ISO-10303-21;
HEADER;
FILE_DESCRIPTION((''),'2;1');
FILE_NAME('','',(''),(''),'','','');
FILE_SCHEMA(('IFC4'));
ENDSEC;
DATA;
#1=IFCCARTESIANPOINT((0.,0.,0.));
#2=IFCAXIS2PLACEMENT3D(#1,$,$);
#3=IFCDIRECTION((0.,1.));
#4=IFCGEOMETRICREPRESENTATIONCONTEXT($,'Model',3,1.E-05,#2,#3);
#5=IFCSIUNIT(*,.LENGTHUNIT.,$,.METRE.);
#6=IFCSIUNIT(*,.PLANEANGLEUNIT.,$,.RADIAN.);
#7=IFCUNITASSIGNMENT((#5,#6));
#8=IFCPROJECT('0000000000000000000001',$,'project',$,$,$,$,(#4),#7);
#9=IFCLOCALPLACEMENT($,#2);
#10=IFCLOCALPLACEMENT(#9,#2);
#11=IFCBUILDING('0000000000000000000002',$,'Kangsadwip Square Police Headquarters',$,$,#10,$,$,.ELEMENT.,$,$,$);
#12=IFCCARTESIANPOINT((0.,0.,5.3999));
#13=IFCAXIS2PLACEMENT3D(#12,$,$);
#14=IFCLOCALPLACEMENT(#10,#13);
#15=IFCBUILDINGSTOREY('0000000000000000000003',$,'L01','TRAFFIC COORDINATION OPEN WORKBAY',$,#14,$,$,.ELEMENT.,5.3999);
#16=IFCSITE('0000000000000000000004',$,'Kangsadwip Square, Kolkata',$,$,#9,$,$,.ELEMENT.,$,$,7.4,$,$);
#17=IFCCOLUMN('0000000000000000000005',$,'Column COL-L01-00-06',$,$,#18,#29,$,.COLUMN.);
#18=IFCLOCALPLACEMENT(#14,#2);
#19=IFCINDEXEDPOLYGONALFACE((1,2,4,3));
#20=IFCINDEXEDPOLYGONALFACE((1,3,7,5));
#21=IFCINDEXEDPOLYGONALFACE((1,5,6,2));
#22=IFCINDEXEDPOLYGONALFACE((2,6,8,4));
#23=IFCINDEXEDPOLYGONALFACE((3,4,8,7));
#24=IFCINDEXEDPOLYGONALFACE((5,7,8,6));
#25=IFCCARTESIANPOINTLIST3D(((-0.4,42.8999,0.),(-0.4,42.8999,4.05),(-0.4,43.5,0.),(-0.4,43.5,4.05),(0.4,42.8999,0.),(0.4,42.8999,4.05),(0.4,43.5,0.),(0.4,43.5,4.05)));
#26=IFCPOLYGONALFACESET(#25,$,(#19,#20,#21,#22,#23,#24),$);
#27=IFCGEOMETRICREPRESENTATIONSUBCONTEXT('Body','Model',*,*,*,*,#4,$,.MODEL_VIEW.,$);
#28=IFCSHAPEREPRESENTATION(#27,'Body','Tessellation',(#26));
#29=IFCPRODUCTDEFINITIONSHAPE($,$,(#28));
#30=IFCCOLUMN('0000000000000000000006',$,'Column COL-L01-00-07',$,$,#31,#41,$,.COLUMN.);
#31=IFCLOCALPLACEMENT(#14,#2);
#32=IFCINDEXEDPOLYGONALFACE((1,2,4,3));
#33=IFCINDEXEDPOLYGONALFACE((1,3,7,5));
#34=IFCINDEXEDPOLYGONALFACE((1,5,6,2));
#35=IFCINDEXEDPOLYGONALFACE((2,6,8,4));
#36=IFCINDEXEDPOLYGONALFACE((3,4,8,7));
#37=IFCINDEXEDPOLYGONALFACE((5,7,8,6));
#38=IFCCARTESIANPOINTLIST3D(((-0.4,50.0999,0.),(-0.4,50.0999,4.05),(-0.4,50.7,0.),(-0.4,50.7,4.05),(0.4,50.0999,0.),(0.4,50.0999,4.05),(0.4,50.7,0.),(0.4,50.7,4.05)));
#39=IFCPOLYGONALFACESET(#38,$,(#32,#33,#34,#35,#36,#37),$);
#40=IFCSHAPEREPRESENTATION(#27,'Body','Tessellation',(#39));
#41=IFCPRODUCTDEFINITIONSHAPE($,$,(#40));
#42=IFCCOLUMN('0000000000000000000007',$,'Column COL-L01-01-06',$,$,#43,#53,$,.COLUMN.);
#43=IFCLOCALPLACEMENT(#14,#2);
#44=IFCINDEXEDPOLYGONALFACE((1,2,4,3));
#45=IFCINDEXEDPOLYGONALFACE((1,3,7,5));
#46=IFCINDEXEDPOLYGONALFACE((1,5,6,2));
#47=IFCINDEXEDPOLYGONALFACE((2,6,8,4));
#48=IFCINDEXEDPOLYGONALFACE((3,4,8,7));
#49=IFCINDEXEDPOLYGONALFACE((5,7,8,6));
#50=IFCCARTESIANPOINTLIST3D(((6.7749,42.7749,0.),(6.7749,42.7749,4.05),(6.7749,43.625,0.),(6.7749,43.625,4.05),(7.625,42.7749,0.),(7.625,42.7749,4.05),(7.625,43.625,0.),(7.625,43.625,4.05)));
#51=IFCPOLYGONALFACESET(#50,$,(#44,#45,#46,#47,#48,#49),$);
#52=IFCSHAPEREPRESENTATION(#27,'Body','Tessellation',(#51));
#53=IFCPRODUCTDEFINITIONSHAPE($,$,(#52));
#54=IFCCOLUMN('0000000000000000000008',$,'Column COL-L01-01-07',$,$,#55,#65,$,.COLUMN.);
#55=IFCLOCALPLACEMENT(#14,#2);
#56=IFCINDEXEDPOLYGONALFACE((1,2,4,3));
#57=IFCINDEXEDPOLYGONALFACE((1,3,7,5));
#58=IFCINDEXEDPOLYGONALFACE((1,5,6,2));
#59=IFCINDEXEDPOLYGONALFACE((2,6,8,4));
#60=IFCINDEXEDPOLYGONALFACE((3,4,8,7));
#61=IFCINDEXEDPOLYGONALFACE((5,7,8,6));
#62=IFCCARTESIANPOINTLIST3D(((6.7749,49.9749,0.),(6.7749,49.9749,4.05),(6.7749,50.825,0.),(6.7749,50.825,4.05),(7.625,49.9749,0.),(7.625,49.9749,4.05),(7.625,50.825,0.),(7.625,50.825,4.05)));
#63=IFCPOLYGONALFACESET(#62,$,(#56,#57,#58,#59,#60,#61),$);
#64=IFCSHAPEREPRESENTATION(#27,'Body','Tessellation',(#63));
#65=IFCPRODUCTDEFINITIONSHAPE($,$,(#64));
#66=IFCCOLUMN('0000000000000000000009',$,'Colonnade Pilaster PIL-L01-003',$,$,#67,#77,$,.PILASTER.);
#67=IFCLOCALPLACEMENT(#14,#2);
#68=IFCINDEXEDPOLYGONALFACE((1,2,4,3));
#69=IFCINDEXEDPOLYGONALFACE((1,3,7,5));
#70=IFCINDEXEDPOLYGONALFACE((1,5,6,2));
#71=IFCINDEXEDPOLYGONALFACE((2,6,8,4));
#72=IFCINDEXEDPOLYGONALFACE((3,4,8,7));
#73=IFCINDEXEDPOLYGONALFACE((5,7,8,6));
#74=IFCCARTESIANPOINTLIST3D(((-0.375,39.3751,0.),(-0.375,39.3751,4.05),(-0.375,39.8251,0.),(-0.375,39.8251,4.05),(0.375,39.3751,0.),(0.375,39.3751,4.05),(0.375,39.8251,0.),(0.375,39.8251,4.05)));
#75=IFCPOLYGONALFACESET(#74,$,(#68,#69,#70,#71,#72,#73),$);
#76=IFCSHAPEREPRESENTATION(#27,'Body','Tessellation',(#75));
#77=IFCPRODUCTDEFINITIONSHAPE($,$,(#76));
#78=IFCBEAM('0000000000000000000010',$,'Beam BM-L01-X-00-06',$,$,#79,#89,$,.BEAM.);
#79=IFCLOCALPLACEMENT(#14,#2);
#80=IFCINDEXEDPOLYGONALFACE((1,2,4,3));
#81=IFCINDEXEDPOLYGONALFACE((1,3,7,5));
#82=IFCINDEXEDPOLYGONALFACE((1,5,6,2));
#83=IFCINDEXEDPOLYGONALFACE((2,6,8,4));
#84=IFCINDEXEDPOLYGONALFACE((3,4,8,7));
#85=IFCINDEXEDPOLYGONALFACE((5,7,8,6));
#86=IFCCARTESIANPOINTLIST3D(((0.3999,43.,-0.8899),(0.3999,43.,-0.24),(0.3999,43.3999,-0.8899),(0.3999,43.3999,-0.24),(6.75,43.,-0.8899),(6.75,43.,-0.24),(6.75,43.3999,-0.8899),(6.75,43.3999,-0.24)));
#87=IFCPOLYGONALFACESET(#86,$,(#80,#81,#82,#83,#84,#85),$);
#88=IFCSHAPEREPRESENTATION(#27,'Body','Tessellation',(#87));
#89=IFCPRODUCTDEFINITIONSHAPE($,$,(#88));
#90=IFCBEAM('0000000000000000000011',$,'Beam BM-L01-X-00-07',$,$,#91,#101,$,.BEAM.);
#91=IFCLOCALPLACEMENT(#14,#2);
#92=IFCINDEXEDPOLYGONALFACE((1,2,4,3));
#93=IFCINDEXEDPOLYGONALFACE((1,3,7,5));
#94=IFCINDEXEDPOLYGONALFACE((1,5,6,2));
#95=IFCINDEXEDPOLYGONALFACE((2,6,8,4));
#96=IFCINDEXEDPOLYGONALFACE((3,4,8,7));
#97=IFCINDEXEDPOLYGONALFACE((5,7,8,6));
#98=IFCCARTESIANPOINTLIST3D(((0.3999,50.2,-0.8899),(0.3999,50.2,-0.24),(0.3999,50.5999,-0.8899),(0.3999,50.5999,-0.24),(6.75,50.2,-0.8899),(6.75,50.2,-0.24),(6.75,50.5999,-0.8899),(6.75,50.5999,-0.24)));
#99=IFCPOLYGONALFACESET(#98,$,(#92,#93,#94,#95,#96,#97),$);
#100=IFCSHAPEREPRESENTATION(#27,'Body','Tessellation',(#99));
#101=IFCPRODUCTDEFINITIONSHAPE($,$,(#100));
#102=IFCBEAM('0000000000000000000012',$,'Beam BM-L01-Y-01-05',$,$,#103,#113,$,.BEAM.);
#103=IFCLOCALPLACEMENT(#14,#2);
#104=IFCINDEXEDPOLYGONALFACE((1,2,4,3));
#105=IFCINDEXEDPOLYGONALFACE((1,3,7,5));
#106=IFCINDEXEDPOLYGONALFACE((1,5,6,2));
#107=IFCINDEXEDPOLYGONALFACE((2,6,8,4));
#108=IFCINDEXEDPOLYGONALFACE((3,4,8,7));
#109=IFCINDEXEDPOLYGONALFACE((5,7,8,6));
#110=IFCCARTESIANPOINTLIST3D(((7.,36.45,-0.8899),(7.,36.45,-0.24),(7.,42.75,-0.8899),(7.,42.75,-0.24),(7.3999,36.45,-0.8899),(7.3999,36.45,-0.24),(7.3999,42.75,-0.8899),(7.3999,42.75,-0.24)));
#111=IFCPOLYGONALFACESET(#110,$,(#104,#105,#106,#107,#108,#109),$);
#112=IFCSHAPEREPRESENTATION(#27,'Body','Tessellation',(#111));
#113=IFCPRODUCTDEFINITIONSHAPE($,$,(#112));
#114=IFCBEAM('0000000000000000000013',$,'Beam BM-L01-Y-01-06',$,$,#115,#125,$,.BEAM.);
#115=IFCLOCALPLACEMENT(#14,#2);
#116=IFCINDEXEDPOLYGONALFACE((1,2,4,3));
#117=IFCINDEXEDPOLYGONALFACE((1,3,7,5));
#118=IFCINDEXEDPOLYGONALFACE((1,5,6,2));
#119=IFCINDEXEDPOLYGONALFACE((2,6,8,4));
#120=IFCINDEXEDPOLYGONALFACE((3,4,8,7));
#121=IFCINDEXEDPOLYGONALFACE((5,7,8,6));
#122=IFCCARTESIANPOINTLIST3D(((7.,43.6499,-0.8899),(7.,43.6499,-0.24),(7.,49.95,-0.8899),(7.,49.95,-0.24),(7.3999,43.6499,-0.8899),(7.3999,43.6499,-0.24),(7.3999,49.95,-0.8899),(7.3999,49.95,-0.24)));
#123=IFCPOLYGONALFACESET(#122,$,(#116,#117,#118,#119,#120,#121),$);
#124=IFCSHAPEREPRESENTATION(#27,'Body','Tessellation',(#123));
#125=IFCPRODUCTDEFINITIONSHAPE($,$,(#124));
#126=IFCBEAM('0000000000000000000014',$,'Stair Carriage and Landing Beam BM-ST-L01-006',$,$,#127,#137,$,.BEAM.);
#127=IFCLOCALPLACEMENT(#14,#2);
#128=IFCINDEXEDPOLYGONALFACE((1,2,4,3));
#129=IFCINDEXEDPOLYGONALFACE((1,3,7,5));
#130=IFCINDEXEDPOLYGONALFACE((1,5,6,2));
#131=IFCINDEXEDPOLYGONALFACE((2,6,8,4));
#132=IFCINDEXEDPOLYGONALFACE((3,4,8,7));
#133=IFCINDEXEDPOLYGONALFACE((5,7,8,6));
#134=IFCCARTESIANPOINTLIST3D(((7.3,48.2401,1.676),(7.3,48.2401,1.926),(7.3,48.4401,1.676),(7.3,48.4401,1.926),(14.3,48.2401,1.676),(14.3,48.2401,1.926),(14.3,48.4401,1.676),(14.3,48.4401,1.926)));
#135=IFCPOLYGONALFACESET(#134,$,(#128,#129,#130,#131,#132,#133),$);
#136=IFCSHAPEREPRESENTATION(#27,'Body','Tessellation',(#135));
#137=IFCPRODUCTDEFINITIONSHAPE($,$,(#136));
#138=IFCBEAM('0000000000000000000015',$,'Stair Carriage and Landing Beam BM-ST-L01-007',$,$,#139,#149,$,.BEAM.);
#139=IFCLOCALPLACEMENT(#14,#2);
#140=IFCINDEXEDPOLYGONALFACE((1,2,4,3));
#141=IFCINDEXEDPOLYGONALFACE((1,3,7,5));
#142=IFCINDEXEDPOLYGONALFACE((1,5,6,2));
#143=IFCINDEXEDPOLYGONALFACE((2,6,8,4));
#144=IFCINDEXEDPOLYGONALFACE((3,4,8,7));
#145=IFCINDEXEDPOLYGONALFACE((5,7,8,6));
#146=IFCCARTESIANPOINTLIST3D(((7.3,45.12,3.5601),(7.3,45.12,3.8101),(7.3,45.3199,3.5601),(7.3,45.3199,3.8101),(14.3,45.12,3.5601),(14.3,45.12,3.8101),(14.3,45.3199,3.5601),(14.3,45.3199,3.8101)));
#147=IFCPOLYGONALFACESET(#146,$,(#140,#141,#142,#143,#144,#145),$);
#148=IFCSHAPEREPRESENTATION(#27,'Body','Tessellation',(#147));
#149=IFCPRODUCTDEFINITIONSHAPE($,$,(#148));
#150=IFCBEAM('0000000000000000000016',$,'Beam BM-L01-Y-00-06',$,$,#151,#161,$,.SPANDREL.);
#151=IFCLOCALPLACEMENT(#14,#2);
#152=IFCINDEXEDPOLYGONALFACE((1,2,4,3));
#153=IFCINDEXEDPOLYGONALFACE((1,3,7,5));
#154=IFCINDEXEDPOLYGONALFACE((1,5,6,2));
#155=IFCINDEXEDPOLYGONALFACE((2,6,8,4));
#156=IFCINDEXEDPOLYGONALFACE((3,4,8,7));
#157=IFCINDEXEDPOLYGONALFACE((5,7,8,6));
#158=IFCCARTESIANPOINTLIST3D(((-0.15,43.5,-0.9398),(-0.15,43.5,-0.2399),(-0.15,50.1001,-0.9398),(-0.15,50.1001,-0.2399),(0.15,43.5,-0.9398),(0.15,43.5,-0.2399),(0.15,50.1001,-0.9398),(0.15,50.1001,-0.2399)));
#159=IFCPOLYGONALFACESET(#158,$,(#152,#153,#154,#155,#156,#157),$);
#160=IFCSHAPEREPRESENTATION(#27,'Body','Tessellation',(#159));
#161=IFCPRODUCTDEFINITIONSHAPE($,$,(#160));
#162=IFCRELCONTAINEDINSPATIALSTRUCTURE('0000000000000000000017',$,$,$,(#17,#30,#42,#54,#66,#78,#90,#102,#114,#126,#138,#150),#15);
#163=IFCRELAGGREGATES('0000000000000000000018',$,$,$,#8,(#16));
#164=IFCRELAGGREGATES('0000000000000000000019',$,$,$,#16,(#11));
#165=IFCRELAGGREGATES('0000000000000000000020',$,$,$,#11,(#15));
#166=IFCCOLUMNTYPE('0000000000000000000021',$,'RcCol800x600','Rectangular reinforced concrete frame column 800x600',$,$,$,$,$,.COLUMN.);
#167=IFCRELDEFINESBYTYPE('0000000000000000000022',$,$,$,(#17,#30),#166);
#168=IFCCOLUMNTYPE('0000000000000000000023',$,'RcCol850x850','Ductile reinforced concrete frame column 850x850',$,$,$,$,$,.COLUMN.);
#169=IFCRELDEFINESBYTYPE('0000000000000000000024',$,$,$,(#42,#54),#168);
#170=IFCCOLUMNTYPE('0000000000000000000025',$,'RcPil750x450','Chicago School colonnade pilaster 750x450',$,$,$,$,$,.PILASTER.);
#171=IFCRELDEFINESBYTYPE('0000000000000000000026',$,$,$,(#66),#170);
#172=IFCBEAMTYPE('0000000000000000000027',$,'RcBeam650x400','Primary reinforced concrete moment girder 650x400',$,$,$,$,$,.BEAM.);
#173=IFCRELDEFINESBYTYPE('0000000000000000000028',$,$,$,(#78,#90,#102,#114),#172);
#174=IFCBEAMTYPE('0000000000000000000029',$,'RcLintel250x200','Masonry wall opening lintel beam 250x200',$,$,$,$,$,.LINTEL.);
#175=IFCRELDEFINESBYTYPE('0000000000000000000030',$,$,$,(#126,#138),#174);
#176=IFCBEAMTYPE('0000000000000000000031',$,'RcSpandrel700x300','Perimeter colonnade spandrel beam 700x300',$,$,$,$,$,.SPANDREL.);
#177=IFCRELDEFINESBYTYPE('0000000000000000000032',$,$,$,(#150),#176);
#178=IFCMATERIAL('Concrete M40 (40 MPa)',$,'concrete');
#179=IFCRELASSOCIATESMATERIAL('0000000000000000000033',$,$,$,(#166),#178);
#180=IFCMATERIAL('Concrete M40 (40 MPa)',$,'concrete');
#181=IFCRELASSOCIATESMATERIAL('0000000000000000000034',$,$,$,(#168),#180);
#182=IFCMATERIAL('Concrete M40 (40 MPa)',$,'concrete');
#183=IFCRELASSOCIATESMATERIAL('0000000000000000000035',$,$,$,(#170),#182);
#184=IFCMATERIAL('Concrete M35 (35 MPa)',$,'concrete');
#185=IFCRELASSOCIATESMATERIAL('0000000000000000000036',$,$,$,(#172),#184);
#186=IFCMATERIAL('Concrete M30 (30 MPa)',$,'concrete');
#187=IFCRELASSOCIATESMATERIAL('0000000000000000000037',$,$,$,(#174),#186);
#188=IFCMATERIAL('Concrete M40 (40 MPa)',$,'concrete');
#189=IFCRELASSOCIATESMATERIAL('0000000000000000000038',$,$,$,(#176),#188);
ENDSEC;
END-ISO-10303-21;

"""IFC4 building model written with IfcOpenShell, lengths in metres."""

from ifc_helpers import new_model, si_unit, direction, frame, origin, origin_2d, place, context, subcontext, project, spatial, rectangle, extrude, material, material_profile, profile_set, type_object, element, save


model = new_model("IFC4")

# Units and contexts
model_context = context("Model", 3, precision=1e-05, world=origin(), true_north=direction((0.0, 1.0)))
body_context = subcontext(model_context, "Body", "Model", "MODEL_VIEW")
ifc_project = project(units=[si_unit("LENGTHUNIT", "METRE"), si_unit("PLANEANGLEUNIT", "RADIAN")], contexts=[model_context])

# Site, building, storey
site_placement = place(None, origin())
site = spatial("IfcSite", under=ifc_project, at=site_placement, Name="Kangsadwip Square, Kolkata", CompositionType="ELEMENT", RefElevation=7.4)
building_placement = place(site_placement, origin())
building = spatial("IfcBuilding", under=site, at=building_placement, Name="Kangsadwip Square Police Headquarters", CompositionType="ELEMENT")
storey_placement = place(building_placement, frame((0.0, 0.0, 5.3999)))
storey = spatial("IfcBuildingStorey", under=building, at=storey_placement, Name="L01", Description="TRAFFIC COORDINATION OPEN WORKBAY", CompositionType="ELEMENT", Elevation=5.3999)

# Columns
ifc_material_1 = material(Name="Concrete M40 (40 MPa)", Category="concrete")
ifc_material_profile_1 = material_profile(ifc_material_1, rectangle(XDim=0.6001, YDim=0.8, at=origin_2d()), Name="RC COL 800X600")
ifc_profile_set_1 = profile_set([ifc_material_profile_1], Name="Concrete M40 (40 MPa)")
column_type_1 = type_object("IfcColumnType", Name="RcCol800x600", Description="Rectangular reinforced concrete frame column 800x600", PredefinedType="COLUMN", material=ifc_profile_set_1)
for number, where, z_axis, x_axis, name in (
    (1, (0.0, 43.2, 0.0), (0.0, 0.0, 1.0), (0.0, 1.0, 0.0), "Column COL-L01-00-06"),
    (2, (0.0, 50.3999, 0.0), (0.0, 0.0, 1.0), (0.0, 1.0, 0.0), "Column COL-L01-00-07"),
):
    element("IfcColumn", number, at=place(storey_placement, frame(where, z_axis=z_axis, x_axis=x_axis)), inside=storey, type_object=column_type_1, Name=name, PredefinedType="COLUMN", context=body_context, shape_type="SweptSolid", body=[
        extrude(rectangle(XDim=0.6001, YDim=0.8, at=origin_2d()), origin(), (0.0, 0.0, 1.0), 4.05),
    ])
ifc_material_2 = material(Name="Concrete M40 (40 MPa)", Category="concrete")
ifc_material_profile_2 = material_profile(ifc_material_2, rectangle(XDim=0.8501, YDim=0.8501, at=origin_2d()), Name="RC COL 850X850")
ifc_profile_set_2 = profile_set([ifc_material_profile_2], Name="Concrete M40 (40 MPa)")
column_type_2 = type_object("IfcColumnType", Name="RcCol850x850", Description="Ductile reinforced concrete frame column 850x850", PredefinedType="COLUMN", material=ifc_profile_set_2)
for number, where, z_axis, x_axis, name in (
    (3, (7.2, 43.2, 0.0), (0.0, 0.0, 1.0), (1.0, 0.0, 0.0), "Column COL-L01-01-06"),
    (4, (7.2, 50.3999, 0.0), (0.0, 0.0, 1.0), (1.0, 0.0, 0.0), "Column COL-L01-01-07"),
):
    element("IfcColumn", number, at=place(storey_placement, frame(where, z_axis=z_axis, x_axis=x_axis)), inside=storey, type_object=column_type_2, Name=name, PredefinedType="COLUMN", context=body_context, shape_type="SweptSolid", body=[
        extrude(rectangle(XDim=0.8501, YDim=0.8501, at=origin_2d()), origin(), (0.0, 0.0, 1.0), 4.05),
    ])
ifc_material_3 = material(Name="Concrete M40 (40 MPa)", Category="concrete")
ifc_material_profile_3 = material_profile(ifc_material_3, rectangle(XDim=0.45, YDim=0.75, at=origin_2d()), Name="RC PIL 750X450")
ifc_profile_set_3 = profile_set([ifc_material_profile_3], Name="Concrete M40 (40 MPa)")
column_type_3 = type_object("IfcColumnType", Name="RcPil750x450", Description="Chicago School colonnade pilaster 750x450", PredefinedType="PILASTER", material=ifc_profile_set_3)
column_placement = place(storey_placement, frame((0.0, 39.6001, 0.0), z_axis=(0.0, 0.0, 1.0), x_axis=(0.0, 1.0, 0.0)))
element("IfcColumn", 5, at=column_placement, inside=storey, type_object=column_type_3, Name="Colonnade Pilaster PIL-L01-003", PredefinedType="PILASTER", context=body_context, shape_type="SweptSolid", body=[
    extrude(rectangle(XDim=0.45, YDim=0.75, at=origin_2d()), origin(), (0.0, 0.0, 1.0), 4.05),
])

# Beams
ifc_material_4 = material(Name="Concrete M35 (35 MPa)", Category="concrete")
ifc_material_profile_4 = material_profile(ifc_material_4, rectangle(XDim=0.3999, YDim=0.6499, at=origin_2d()), Name="RC BM 650X400")
ifc_profile_set_4 = profile_set([ifc_material_profile_4], Name="Concrete M35 (35 MPa)")
beam_type_1 = type_object("IfcBeamType", Name="RcBeam650x400", Description="Primary reinforced concrete moment girder 650x400", PredefinedType="BEAM", material=ifc_profile_set_4)
for number, where, z_axis, x_axis, name in (
    (6, (0.3999, 43.2, -0.5649), (1.0, 0.0, 0.0), (0.0, 1.0, 0.0), "Beam BM-L01-X-00-06"),
    (7, (0.3999, 50.3999, -0.5649), (1.0, 0.0, 0.0), (0.0, 1.0, 0.0), "Beam BM-L01-X-00-07"),
):
    element("IfcBeam", number, at=place(storey_placement, frame(where, z_axis=z_axis, x_axis=x_axis)), inside=storey, type_object=beam_type_1, Name=name, PredefinedType="BEAM", context=body_context, shape_type="SweptSolid", body=[
        extrude(rectangle(XDim=0.3999, YDim=0.6499, at=origin_2d()), origin(), (0.0, 0.0, 1.0), 6.3501),
    ])
for number, where, z_axis, x_axis, name in (
    (8, (7.2, 36.45, -0.5649), (0.0, 1.0, 0.0), (-1.0, 0.0, 0.0), "Beam BM-L01-Y-01-05"),
    (9, (7.2, 43.6499, -0.5649), (0.0, 1.0, 0.0), (-1.0, 0.0, 0.0), "Beam BM-L01-Y-01-06"),
):
    element("IfcBeam", number, at=place(storey_placement, frame(where, z_axis=z_axis, x_axis=x_axis)), inside=storey, type_object=beam_type_1, Name=name, PredefinedType="BEAM", context=body_context, shape_type="SweptSolid", body=[
        extrude(rectangle(XDim=0.3999, YDim=0.6499, at=origin_2d()), origin(), (0.0, 0.0, 1.0), 6.3),
    ])
ifc_material_5 = material(Name="Concrete M30 (30 MPa)", Category="concrete")
ifc_material_profile_5 = material_profile(ifc_material_5, rectangle(XDim=0.2, YDim=0.25, at=origin_2d()), Name="RC LNT 250X200")
ifc_profile_set_5 = profile_set([ifc_material_profile_5], Name="Concrete M30 (30 MPa)")
beam_type_2 = type_object("IfcBeamType", Name="RcLintel250x200", Description="Masonry wall opening lintel beam 250x200", PredefinedType="LINTEL", material=ifc_profile_set_5)
for number, where, z_axis, x_axis, name in (
    (10, (7.3, 48.3401, 1.801), (1.0, 0.0, 0.0), (0.0, 1.0, 0.0), "Stair Carriage and Landing Beam BM-ST-L01-006"),
    (11, (7.3, 45.22, 3.6851), (1.0, 0.0, 0.0), (0.0, 1.0, 0.0), "Stair Carriage and Landing Beam BM-ST-L01-007"),
):
    element("IfcBeam", number, at=place(storey_placement, frame(where, z_axis=z_axis, x_axis=x_axis)), inside=storey, type_object=beam_type_2, Name=name, PredefinedType="BEAM", context=body_context, shape_type="SweptSolid", body=[
        extrude(rectangle(XDim=0.2, YDim=0.25, at=origin_2d()), origin(), (0.0, 0.0, 1.0), 7.0),
    ])
ifc_material_6 = material(Name="Concrete M40 (40 MPa)", Category="concrete")
ifc_material_profile_6 = material_profile(ifc_material_6, rectangle(XDim=0.3, YDim=0.7, at=origin_2d()), Name="RC SPN 700X300")
ifc_profile_set_6 = profile_set([ifc_material_profile_6], Name="Concrete M40 (40 MPa)")
beam_type_3 = type_object("IfcBeamType", Name="RcSpandrel700x300", Description="Perimeter colonnade spandrel beam 700x300", PredefinedType="SPANDREL", material=ifc_profile_set_6)
beam_placement = place(storey_placement, frame((0.0, 43.5, -0.5898), z_axis=(0.0, 1.0, 0.0), x_axis=(-1.0, 0.0, 0.0)))
element("IfcBeam", 12, at=beam_placement, inside=storey, type_object=beam_type_3, Name="Beam BM-L01-Y-00-06", PredefinedType="SPANDREL", context=body_context, shape_type="SweptSolid", body=[
    extrude(rectangle(XDim=0.3, YDim=0.7, at=origin_2d()), origin(), (0.0, 0.0, 1.0), 6.6001),
])

save(model, "model.ifc")
